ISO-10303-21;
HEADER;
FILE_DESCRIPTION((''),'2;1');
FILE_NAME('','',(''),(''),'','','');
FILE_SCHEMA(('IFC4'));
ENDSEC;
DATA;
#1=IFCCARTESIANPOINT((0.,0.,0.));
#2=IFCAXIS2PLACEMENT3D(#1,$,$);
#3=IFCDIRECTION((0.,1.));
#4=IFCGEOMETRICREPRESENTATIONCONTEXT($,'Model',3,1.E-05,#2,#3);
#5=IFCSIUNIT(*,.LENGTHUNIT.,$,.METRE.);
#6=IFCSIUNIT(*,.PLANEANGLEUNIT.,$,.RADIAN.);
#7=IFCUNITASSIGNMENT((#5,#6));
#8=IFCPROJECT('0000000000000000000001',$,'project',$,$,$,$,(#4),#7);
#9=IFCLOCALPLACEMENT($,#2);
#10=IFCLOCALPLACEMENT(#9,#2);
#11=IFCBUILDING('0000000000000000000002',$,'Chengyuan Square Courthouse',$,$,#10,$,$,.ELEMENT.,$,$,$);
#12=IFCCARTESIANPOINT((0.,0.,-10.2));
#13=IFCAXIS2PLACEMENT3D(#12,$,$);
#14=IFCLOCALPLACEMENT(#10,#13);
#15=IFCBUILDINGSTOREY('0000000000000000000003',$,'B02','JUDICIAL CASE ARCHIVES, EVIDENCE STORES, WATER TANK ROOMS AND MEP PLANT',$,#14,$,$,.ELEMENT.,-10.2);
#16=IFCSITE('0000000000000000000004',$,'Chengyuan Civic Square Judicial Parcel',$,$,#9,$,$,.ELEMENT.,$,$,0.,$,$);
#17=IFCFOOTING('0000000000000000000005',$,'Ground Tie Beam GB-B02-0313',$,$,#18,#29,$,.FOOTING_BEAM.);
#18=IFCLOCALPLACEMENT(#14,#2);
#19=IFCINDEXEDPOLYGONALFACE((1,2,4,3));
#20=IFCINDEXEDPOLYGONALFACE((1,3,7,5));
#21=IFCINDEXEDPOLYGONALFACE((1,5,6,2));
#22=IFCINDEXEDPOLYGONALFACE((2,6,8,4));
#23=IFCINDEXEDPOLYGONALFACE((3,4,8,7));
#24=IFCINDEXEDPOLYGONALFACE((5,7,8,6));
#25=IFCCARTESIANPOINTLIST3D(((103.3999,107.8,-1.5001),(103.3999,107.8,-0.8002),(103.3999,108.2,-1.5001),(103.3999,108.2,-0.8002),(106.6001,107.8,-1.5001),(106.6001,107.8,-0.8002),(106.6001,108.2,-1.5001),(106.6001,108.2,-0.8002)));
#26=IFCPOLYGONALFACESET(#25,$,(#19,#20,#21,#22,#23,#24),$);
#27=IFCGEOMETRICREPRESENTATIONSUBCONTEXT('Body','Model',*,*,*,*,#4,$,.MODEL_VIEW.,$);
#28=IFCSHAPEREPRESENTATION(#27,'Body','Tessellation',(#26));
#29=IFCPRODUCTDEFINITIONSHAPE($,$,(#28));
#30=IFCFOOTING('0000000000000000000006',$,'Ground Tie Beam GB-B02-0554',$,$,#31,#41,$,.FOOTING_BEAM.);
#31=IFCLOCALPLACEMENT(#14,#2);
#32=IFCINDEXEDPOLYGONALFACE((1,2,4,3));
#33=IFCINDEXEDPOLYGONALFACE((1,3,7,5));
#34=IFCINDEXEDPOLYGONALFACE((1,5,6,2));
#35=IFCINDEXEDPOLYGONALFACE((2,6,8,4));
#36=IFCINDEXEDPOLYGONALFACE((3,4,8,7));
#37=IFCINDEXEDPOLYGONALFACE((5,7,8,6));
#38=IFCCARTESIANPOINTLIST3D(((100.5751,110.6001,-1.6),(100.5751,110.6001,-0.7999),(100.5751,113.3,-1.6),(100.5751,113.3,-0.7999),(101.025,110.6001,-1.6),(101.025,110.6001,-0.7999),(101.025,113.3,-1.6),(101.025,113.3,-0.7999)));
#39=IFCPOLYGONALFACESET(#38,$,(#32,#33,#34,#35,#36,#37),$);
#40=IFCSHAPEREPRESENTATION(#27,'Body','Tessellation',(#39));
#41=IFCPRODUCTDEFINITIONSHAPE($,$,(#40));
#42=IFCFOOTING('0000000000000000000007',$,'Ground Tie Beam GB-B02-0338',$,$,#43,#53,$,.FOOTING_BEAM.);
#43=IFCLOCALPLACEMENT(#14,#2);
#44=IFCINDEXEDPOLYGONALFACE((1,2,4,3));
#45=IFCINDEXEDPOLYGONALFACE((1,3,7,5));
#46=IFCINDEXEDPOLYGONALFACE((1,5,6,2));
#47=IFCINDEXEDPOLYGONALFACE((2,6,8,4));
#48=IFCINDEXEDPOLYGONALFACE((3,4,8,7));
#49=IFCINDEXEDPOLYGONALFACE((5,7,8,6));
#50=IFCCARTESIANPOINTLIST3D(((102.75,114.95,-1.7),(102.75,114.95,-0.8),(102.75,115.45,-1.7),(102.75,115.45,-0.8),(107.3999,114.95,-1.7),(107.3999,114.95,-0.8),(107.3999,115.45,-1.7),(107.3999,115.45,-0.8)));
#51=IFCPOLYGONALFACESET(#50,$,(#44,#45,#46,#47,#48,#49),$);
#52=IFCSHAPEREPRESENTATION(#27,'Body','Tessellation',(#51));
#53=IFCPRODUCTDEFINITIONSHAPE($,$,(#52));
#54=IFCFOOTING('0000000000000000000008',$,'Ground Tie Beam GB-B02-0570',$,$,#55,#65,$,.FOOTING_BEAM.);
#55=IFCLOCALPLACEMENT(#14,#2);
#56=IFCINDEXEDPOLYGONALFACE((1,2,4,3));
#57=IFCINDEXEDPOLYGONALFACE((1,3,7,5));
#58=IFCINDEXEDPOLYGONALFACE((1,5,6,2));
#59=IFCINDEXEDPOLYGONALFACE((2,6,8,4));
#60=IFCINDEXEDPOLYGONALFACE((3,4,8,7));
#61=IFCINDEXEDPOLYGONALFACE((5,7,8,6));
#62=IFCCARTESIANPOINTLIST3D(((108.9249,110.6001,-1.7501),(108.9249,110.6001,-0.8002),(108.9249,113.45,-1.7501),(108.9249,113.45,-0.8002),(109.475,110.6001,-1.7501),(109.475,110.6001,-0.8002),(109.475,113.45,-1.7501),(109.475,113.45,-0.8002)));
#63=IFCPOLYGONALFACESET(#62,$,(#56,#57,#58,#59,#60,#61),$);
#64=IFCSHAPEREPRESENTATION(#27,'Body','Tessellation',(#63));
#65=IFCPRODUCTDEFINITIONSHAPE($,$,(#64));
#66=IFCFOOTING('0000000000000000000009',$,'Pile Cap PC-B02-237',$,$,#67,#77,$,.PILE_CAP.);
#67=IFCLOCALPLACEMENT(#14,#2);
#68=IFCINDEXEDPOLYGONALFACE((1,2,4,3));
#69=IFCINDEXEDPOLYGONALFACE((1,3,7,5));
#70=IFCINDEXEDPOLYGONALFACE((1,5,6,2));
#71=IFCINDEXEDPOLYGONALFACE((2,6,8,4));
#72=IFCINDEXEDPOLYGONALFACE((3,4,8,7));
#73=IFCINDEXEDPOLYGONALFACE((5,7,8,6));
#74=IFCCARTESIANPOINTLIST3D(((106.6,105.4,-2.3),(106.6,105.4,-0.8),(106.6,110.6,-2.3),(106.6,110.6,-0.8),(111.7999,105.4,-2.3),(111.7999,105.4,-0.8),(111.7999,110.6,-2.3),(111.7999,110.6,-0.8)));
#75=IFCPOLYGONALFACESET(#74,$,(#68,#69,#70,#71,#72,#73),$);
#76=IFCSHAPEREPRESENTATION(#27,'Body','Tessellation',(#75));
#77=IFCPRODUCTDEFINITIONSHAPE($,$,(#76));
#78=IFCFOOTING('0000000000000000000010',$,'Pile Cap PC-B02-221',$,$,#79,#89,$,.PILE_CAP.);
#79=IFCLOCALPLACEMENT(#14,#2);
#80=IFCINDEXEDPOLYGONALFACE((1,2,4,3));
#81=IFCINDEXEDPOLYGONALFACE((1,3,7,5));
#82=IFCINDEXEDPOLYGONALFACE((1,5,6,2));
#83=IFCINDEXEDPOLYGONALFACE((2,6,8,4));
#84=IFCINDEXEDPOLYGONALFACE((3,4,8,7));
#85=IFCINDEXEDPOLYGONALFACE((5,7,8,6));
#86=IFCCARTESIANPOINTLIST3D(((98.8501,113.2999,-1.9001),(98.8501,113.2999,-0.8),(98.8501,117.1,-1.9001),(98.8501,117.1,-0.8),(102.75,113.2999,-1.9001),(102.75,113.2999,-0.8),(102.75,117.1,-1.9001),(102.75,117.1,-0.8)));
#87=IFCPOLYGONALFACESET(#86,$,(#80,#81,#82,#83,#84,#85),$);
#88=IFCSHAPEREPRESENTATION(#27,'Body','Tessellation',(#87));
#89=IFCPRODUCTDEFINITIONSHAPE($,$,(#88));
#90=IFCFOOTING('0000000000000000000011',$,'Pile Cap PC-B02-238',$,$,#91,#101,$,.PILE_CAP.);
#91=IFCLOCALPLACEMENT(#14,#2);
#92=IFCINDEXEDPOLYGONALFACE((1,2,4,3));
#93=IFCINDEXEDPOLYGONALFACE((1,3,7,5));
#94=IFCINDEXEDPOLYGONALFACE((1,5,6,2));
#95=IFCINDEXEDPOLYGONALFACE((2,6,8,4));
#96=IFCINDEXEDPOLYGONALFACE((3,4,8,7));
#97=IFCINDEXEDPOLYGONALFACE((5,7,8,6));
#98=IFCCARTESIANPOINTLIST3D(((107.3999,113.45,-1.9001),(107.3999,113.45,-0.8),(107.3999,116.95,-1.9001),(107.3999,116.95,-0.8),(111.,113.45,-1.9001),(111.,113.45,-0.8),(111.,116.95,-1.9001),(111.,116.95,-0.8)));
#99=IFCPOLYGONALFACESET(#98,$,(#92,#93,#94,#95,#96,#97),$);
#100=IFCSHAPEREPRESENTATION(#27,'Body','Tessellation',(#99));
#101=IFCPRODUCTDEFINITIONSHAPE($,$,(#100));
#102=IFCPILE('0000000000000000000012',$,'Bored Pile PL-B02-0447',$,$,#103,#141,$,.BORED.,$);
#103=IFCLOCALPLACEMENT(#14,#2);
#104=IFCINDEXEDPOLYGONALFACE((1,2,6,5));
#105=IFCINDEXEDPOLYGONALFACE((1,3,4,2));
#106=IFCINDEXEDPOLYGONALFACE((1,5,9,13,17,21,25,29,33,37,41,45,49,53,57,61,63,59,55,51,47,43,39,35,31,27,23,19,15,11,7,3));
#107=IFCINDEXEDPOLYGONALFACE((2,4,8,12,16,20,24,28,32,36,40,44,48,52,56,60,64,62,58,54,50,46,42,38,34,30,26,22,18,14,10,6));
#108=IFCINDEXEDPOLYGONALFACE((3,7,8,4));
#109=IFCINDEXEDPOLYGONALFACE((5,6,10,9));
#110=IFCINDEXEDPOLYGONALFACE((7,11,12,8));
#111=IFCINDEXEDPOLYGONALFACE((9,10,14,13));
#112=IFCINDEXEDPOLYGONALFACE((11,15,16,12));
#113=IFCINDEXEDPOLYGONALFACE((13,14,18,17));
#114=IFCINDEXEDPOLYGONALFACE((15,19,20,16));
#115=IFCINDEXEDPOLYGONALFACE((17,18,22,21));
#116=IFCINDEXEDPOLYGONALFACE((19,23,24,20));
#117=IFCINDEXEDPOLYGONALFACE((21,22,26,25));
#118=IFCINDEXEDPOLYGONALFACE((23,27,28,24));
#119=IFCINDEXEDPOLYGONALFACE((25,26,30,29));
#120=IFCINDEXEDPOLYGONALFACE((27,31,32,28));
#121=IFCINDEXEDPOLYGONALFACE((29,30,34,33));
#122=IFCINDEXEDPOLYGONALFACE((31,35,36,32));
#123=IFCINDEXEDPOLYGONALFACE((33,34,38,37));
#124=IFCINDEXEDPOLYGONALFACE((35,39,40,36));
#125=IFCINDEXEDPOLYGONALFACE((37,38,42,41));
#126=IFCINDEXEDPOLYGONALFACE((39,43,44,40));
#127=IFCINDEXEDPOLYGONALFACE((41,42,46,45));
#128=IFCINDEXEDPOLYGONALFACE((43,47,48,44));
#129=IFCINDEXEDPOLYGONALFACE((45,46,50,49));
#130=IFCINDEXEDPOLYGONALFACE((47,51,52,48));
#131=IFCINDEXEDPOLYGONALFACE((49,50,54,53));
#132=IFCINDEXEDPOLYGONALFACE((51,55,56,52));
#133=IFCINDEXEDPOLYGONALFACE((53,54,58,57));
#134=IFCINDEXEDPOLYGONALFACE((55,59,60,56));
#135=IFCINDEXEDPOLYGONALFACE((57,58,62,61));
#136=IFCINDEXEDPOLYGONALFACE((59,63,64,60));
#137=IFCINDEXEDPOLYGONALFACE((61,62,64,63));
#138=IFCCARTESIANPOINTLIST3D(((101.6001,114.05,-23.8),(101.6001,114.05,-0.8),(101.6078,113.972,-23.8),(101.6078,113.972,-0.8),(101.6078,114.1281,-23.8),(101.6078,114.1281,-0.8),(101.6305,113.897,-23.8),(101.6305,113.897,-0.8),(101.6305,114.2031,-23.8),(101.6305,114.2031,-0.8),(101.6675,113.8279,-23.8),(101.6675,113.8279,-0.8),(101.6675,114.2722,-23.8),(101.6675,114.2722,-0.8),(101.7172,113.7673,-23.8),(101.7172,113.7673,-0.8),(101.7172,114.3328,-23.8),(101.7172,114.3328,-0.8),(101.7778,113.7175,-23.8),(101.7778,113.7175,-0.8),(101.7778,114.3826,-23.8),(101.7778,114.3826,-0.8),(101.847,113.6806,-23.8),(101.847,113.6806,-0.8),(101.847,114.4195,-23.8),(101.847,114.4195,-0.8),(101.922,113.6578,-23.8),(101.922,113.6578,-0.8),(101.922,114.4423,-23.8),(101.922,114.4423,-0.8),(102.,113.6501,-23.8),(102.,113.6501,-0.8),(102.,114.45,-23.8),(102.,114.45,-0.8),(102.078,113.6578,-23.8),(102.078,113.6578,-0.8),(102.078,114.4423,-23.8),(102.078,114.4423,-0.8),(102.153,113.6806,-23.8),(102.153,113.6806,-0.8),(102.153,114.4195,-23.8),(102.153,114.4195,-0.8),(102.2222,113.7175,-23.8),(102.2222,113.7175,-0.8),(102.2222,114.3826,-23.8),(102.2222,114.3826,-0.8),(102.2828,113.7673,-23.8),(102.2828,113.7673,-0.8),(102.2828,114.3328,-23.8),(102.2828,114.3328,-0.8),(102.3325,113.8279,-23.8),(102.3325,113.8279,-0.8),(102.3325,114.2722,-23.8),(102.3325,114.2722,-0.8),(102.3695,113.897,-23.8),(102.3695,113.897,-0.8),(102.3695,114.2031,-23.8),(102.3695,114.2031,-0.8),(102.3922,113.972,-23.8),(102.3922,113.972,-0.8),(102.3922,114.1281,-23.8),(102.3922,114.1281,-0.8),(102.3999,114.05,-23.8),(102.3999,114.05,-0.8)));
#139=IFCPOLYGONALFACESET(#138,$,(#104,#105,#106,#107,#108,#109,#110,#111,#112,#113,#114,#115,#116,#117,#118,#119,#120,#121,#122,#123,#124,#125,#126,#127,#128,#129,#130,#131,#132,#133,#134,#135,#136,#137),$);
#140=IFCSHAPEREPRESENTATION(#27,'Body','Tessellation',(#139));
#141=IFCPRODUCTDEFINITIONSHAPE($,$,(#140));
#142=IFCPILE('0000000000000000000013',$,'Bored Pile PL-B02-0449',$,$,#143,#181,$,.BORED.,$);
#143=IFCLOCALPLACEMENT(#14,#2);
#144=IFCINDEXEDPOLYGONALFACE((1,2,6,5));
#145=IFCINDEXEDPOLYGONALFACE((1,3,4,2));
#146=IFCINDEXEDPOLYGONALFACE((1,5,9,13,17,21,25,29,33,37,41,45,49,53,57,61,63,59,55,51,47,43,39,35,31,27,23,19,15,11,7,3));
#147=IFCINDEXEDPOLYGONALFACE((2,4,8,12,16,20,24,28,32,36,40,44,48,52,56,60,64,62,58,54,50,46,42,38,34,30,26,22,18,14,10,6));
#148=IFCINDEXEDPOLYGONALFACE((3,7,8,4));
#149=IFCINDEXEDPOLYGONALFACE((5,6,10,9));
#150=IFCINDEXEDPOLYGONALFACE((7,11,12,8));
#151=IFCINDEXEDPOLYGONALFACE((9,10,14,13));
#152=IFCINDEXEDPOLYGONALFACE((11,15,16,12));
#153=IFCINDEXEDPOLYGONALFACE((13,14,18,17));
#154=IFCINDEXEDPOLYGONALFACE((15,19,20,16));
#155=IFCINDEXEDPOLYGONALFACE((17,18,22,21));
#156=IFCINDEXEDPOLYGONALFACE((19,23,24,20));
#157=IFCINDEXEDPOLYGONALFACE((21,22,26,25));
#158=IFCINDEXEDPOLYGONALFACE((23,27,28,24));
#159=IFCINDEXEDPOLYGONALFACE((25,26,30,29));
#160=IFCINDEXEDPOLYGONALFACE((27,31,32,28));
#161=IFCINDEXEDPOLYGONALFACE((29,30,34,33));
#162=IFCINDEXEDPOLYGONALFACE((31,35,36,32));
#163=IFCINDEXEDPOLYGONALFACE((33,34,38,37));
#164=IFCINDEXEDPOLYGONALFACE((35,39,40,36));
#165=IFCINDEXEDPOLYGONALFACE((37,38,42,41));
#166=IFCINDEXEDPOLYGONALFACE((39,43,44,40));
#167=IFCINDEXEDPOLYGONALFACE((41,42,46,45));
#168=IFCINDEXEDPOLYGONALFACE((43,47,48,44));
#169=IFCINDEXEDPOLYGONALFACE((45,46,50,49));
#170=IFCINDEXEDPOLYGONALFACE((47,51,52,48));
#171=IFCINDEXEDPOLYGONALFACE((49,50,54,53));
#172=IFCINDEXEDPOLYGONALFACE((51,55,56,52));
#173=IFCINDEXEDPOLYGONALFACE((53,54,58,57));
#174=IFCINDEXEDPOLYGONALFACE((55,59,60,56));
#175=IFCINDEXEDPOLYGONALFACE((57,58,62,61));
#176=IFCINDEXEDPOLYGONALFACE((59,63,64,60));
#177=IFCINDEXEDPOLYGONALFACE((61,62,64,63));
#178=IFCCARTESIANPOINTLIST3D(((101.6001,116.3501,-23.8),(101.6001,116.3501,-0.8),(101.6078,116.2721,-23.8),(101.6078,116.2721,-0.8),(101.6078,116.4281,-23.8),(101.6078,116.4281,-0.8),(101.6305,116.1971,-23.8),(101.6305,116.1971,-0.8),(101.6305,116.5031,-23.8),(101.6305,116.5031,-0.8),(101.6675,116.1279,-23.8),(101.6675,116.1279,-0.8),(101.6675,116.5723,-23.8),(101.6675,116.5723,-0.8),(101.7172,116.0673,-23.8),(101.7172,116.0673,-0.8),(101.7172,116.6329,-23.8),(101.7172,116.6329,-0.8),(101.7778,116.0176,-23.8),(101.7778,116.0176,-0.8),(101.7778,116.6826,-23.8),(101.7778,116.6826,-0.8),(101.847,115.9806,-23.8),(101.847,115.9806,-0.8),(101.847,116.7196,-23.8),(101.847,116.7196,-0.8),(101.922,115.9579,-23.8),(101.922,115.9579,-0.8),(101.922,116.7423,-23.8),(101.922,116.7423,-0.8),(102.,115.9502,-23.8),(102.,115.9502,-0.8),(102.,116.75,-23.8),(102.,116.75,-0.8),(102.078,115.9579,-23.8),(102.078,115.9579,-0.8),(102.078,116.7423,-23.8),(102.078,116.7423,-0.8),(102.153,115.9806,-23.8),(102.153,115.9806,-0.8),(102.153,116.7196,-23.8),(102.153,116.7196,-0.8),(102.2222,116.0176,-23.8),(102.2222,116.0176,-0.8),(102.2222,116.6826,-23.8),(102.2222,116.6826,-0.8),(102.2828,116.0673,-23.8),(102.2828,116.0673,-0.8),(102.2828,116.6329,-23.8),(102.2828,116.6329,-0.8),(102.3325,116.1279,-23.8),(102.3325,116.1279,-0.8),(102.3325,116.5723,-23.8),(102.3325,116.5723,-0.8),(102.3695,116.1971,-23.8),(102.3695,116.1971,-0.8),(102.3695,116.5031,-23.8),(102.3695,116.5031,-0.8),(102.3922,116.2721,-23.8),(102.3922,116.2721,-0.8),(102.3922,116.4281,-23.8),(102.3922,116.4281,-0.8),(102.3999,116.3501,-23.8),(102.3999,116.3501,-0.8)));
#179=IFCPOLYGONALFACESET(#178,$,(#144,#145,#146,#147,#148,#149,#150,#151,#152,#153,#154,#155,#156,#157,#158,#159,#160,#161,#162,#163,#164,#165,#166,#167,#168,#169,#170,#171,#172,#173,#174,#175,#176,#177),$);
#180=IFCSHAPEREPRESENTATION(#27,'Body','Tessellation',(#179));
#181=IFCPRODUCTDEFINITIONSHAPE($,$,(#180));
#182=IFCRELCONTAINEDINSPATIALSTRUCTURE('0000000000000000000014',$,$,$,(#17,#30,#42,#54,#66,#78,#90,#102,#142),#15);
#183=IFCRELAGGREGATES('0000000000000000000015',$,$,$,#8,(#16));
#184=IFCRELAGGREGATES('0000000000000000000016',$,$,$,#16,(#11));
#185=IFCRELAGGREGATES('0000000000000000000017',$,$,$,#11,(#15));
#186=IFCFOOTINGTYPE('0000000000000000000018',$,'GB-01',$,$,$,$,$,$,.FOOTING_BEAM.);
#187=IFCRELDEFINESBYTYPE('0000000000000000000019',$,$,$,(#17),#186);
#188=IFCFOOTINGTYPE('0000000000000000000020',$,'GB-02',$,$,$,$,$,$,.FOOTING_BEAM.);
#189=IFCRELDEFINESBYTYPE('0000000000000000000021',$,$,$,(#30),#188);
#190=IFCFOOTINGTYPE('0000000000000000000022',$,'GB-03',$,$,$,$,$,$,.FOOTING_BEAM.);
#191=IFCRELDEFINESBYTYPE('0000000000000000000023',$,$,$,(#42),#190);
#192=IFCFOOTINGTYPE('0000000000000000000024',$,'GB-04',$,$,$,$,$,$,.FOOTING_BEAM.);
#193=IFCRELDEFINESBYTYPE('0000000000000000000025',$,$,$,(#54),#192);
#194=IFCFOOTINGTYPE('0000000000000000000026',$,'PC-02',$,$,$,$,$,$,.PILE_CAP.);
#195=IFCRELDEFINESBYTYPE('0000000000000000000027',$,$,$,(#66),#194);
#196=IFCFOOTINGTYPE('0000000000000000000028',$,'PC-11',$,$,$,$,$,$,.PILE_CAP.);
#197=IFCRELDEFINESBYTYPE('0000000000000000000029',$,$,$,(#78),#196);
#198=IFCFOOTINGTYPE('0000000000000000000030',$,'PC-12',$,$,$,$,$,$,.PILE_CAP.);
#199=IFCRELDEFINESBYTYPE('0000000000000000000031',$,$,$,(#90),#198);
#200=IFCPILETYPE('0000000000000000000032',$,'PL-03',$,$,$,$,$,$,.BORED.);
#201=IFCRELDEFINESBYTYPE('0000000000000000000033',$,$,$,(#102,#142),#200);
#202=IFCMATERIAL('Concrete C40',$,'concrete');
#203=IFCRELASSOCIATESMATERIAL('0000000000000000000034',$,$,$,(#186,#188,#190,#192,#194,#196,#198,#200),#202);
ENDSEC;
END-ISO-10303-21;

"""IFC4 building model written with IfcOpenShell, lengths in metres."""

from ifc_helpers import new_model, si_unit, direction, frame, origin, origin_2d, place, context, subcontext, project, spatial, rectangle, circle, extrude, material, material_profile, profile_set, type_object, element, save


model = new_model("IFC4")

# Units and contexts
model_context = context("Model", 3, precision=1e-05, world=origin(), true_north=direction((0.0, 1.0)))
body_context = subcontext(model_context, "Body", "Model", "MODEL_VIEW")
ifc_project = project(units=[si_unit("LENGTHUNIT", "METRE"), si_unit("PLANEANGLEUNIT", "RADIAN")], contexts=[model_context])

# Site, building, storey
site_placement = place(None, origin())
site = spatial("IfcSite", under=ifc_project, at=site_placement, Name="Chengyuan Civic Square Judicial Parcel", CompositionType="ELEMENT", RefElevation=0.0)
building_placement = place(site_placement, origin())
building = spatial("IfcBuilding", under=site, at=building_placement, Name="Chengyuan Square Courthouse", CompositionType="ELEMENT")
storey_placement = place(building_placement, frame((0.0, 0.0, -10.2)))
storey = spatial("IfcBuildingStorey", under=building, at=storey_placement, Name="B02", Description="JUDICIAL CASE ARCHIVES, EVIDENCE STORES, WATER TANK ROOMS AND MEP PLANT", CompositionType="ELEMENT", Elevation=-10.2)

# Footings
ifc_material_1 = material(Name="Concrete C40", Category="concrete")
ifc_material_profile_1 = material_profile(ifc_material_1, rectangle(XDim=0.3999, YDim=0.7, at=origin_2d()), Name="GB-400x700")
ifc_profile_set_1 = profile_set([ifc_material_profile_1], Name="Concrete C40")
footing_type_1 = type_object("IfcFootingType", Name="GB-01", PredefinedType="FOOTING_BEAM", material=ifc_profile_set_1)
footing_1_placement = place(storey_placement, frame((103.3999, 108.0, -1.1501), z_axis=(1.0, 0.0, 0.0), x_axis=(0.0, 1.0, 0.0)))
element("IfcFooting", 1, at=footing_1_placement, inside=storey, type_object=footing_type_1, Name="Ground Tie Beam GB-B02-0313", PredefinedType="FOOTING_BEAM", context=body_context, shape_type="SweptSolid", body=[
    extrude(rectangle(XDim=0.3999, YDim=0.7, at=origin_2d()), origin(), (0.0, 0.0, 1.0), 3.2002),
])
ifc_material_profile_2 = material_profile(ifc_material_1, rectangle(XDim=0.45, YDim=0.8, at=origin_2d()), Name="GB-450x800")
ifc_profile_set_2 = profile_set([ifc_material_profile_2], Name="Concrete C40")
footing_type_2 = type_object("IfcFootingType", Name="GB-02", PredefinedType="FOOTING_BEAM", material=ifc_profile_set_2)
footing_2_placement = place(storey_placement, frame((100.8, 110.6001, -1.2), z_axis=(0.0, 1.0, 0.0), x_axis=(-1.0, 0.0, 0.0)))
element("IfcFooting", 2, at=footing_2_placement, inside=storey, type_object=footing_type_2, Name="Ground Tie Beam GB-B02-0554", PredefinedType="FOOTING_BEAM", context=body_context, shape_type="SweptSolid", body=[
    extrude(rectangle(XDim=0.45, YDim=0.8, at=origin_2d()), origin(), (0.0, 0.0, 1.0), 2.7),
])
ifc_material_profile_3 = material_profile(ifc_material_1, rectangle(XDim=0.5, YDim=0.8999, at=origin_2d()), Name="GB-500x900")
ifc_profile_set_3 = profile_set([ifc_material_profile_3], Name="Concrete C40")
footing_type_3 = type_object("IfcFootingType", Name="GB-03", PredefinedType="FOOTING_BEAM", material=ifc_profile_set_3)
footing_3_placement = place(storey_placement, frame((102.75, 115.2, -1.25), z_axis=(1.0, 0.0, 0.0), x_axis=(0.0, 1.0, 0.0)))
element("IfcFooting", 3, at=footing_3_placement, inside=storey, type_object=footing_type_3, Name="Ground Tie Beam GB-B02-0338", PredefinedType="FOOTING_BEAM", context=body_context, shape_type="SweptSolid", body=[
    extrude(rectangle(XDim=0.5, YDim=0.8999, at=origin_2d()), origin(), (0.0, 0.0, 1.0), 4.6499),
])
ifc_material_profile_4 = material_profile(ifc_material_1, rectangle(XDim=0.55, YDim=0.95, at=origin_2d()), Name="GB-550x950")
ifc_profile_set_4 = profile_set([ifc_material_profile_4], Name="Concrete C40")
footing_type_4 = type_object("IfcFootingType", Name="GB-04", PredefinedType="FOOTING_BEAM", material=ifc_profile_set_4)
footing_4_placement = place(storey_placement, frame((109.2, 110.6001, -1.2751), z_axis=(0.0, 1.0, 0.0), x_axis=(-1.0, 0.0, 0.0)))
element("IfcFooting", 4, at=footing_4_placement, inside=storey, type_object=footing_type_4, Name="Ground Tie Beam GB-B02-0570", PredefinedType="FOOTING_BEAM", context=body_context, shape_type="SweptSolid", body=[
    extrude(rectangle(XDim=0.55, YDim=0.95, at=origin_2d()), origin(), (0.0, 0.0, 1.0), 2.8499),
])
footing_type_5 = type_object("IfcFootingType", Name="PC-02", PredefinedType="PILE_CAP", material=ifc_material_1)
footing_5_placement = place(storey_placement, frame((109.2, 108.0, -2.3), z_axis=(0.0, 0.0, 1.0), x_axis=(1.0, 0.0, 0.0)))
element("IfcFooting", 5, at=footing_5_placement, inside=storey, type_object=footing_type_5, Name="Pile Cap PC-B02-237", PredefinedType="PILE_CAP", context=body_context, shape_type="SweptSolid", body=[
    extrude(rectangle(XDim=5.2, YDim=5.2, at=origin_2d()), origin(), (0.0, 0.0, 1.0), 1.5),
])
footing_type_6 = type_object("IfcFootingType", Name="PC-11", PredefinedType="PILE_CAP", material=ifc_material_1)
footing_6_placement = place(storey_placement, frame((100.8, 115.2, -1.9001), z_axis=(0.0, 0.0, 1.0), x_axis=(1.0, 0.0, 0.0)))
element("IfcFooting", 6, at=footing_6_placement, inside=storey, type_object=footing_type_6, Name="Pile Cap PC-B02-221", PredefinedType="PILE_CAP", context=body_context, shape_type="SweptSolid", body=[
    extrude(rectangle(XDim=3.8999, YDim=3.8, at=origin_2d()), origin(), (0.0, 0.0, 1.0), 1.1001),
])
footing_type_7 = type_object("IfcFootingType", Name="PC-12", PredefinedType="PILE_CAP", material=ifc_material_1)
footing_7_placement = place(storey_placement, frame((109.2, 115.2, -1.9001), z_axis=(0.0, 0.0, 1.0), x_axis=(1.0, 0.0, 0.0)))
element("IfcFooting", 7, at=footing_7_placement, inside=storey, type_object=footing_type_7, Name="Pile Cap PC-B02-238", PredefinedType="PILE_CAP", context=body_context, shape_type="SweptSolid", body=[
    extrude(rectangle(XDim=3.6001, YDim=3.5, at=origin_2d()), origin(), (0.0, 0.0, 1.0), 1.1001),
])

# Piles
ifc_material_profile_5 = material_profile(ifc_material_1, circle(Radius=0.3999, at=origin_2d()), Name="BORED PILE D800")
ifc_profile_set_5 = profile_set([ifc_material_profile_5], Name="Concrete C40")
pile_type_1 = type_object("IfcPileType", Name="PL-03", PredefinedType="BORED", material=ifc_profile_set_5)
for number, where, z_axis, x_axis, name in (
    (8, (102.0, 114.05, -0.8), (0.0, 0.0, -1.0), (1.0, 0.0, 0.0), "Bored Pile PL-B02-0447"),
    (9, (102.0, 116.3501, -0.8), (0.0, 0.0, -1.0), (1.0, 0.0, 0.0), "Bored Pile PL-B02-0449"),
):
    element("IfcPile", number, at=place(storey_placement, frame(where, z_axis=z_axis, x_axis=x_axis)), inside=storey, type_object=pile_type_1, Name=name, PredefinedType="BORED", context=body_context, shape_type="SweptSolid", body=[
        extrude(circle(Radius=0.3999, at=origin_2d()), origin(), (0.0, 0.0, 1.0), 23.0),
    ])

save(model, "model.ifc")
